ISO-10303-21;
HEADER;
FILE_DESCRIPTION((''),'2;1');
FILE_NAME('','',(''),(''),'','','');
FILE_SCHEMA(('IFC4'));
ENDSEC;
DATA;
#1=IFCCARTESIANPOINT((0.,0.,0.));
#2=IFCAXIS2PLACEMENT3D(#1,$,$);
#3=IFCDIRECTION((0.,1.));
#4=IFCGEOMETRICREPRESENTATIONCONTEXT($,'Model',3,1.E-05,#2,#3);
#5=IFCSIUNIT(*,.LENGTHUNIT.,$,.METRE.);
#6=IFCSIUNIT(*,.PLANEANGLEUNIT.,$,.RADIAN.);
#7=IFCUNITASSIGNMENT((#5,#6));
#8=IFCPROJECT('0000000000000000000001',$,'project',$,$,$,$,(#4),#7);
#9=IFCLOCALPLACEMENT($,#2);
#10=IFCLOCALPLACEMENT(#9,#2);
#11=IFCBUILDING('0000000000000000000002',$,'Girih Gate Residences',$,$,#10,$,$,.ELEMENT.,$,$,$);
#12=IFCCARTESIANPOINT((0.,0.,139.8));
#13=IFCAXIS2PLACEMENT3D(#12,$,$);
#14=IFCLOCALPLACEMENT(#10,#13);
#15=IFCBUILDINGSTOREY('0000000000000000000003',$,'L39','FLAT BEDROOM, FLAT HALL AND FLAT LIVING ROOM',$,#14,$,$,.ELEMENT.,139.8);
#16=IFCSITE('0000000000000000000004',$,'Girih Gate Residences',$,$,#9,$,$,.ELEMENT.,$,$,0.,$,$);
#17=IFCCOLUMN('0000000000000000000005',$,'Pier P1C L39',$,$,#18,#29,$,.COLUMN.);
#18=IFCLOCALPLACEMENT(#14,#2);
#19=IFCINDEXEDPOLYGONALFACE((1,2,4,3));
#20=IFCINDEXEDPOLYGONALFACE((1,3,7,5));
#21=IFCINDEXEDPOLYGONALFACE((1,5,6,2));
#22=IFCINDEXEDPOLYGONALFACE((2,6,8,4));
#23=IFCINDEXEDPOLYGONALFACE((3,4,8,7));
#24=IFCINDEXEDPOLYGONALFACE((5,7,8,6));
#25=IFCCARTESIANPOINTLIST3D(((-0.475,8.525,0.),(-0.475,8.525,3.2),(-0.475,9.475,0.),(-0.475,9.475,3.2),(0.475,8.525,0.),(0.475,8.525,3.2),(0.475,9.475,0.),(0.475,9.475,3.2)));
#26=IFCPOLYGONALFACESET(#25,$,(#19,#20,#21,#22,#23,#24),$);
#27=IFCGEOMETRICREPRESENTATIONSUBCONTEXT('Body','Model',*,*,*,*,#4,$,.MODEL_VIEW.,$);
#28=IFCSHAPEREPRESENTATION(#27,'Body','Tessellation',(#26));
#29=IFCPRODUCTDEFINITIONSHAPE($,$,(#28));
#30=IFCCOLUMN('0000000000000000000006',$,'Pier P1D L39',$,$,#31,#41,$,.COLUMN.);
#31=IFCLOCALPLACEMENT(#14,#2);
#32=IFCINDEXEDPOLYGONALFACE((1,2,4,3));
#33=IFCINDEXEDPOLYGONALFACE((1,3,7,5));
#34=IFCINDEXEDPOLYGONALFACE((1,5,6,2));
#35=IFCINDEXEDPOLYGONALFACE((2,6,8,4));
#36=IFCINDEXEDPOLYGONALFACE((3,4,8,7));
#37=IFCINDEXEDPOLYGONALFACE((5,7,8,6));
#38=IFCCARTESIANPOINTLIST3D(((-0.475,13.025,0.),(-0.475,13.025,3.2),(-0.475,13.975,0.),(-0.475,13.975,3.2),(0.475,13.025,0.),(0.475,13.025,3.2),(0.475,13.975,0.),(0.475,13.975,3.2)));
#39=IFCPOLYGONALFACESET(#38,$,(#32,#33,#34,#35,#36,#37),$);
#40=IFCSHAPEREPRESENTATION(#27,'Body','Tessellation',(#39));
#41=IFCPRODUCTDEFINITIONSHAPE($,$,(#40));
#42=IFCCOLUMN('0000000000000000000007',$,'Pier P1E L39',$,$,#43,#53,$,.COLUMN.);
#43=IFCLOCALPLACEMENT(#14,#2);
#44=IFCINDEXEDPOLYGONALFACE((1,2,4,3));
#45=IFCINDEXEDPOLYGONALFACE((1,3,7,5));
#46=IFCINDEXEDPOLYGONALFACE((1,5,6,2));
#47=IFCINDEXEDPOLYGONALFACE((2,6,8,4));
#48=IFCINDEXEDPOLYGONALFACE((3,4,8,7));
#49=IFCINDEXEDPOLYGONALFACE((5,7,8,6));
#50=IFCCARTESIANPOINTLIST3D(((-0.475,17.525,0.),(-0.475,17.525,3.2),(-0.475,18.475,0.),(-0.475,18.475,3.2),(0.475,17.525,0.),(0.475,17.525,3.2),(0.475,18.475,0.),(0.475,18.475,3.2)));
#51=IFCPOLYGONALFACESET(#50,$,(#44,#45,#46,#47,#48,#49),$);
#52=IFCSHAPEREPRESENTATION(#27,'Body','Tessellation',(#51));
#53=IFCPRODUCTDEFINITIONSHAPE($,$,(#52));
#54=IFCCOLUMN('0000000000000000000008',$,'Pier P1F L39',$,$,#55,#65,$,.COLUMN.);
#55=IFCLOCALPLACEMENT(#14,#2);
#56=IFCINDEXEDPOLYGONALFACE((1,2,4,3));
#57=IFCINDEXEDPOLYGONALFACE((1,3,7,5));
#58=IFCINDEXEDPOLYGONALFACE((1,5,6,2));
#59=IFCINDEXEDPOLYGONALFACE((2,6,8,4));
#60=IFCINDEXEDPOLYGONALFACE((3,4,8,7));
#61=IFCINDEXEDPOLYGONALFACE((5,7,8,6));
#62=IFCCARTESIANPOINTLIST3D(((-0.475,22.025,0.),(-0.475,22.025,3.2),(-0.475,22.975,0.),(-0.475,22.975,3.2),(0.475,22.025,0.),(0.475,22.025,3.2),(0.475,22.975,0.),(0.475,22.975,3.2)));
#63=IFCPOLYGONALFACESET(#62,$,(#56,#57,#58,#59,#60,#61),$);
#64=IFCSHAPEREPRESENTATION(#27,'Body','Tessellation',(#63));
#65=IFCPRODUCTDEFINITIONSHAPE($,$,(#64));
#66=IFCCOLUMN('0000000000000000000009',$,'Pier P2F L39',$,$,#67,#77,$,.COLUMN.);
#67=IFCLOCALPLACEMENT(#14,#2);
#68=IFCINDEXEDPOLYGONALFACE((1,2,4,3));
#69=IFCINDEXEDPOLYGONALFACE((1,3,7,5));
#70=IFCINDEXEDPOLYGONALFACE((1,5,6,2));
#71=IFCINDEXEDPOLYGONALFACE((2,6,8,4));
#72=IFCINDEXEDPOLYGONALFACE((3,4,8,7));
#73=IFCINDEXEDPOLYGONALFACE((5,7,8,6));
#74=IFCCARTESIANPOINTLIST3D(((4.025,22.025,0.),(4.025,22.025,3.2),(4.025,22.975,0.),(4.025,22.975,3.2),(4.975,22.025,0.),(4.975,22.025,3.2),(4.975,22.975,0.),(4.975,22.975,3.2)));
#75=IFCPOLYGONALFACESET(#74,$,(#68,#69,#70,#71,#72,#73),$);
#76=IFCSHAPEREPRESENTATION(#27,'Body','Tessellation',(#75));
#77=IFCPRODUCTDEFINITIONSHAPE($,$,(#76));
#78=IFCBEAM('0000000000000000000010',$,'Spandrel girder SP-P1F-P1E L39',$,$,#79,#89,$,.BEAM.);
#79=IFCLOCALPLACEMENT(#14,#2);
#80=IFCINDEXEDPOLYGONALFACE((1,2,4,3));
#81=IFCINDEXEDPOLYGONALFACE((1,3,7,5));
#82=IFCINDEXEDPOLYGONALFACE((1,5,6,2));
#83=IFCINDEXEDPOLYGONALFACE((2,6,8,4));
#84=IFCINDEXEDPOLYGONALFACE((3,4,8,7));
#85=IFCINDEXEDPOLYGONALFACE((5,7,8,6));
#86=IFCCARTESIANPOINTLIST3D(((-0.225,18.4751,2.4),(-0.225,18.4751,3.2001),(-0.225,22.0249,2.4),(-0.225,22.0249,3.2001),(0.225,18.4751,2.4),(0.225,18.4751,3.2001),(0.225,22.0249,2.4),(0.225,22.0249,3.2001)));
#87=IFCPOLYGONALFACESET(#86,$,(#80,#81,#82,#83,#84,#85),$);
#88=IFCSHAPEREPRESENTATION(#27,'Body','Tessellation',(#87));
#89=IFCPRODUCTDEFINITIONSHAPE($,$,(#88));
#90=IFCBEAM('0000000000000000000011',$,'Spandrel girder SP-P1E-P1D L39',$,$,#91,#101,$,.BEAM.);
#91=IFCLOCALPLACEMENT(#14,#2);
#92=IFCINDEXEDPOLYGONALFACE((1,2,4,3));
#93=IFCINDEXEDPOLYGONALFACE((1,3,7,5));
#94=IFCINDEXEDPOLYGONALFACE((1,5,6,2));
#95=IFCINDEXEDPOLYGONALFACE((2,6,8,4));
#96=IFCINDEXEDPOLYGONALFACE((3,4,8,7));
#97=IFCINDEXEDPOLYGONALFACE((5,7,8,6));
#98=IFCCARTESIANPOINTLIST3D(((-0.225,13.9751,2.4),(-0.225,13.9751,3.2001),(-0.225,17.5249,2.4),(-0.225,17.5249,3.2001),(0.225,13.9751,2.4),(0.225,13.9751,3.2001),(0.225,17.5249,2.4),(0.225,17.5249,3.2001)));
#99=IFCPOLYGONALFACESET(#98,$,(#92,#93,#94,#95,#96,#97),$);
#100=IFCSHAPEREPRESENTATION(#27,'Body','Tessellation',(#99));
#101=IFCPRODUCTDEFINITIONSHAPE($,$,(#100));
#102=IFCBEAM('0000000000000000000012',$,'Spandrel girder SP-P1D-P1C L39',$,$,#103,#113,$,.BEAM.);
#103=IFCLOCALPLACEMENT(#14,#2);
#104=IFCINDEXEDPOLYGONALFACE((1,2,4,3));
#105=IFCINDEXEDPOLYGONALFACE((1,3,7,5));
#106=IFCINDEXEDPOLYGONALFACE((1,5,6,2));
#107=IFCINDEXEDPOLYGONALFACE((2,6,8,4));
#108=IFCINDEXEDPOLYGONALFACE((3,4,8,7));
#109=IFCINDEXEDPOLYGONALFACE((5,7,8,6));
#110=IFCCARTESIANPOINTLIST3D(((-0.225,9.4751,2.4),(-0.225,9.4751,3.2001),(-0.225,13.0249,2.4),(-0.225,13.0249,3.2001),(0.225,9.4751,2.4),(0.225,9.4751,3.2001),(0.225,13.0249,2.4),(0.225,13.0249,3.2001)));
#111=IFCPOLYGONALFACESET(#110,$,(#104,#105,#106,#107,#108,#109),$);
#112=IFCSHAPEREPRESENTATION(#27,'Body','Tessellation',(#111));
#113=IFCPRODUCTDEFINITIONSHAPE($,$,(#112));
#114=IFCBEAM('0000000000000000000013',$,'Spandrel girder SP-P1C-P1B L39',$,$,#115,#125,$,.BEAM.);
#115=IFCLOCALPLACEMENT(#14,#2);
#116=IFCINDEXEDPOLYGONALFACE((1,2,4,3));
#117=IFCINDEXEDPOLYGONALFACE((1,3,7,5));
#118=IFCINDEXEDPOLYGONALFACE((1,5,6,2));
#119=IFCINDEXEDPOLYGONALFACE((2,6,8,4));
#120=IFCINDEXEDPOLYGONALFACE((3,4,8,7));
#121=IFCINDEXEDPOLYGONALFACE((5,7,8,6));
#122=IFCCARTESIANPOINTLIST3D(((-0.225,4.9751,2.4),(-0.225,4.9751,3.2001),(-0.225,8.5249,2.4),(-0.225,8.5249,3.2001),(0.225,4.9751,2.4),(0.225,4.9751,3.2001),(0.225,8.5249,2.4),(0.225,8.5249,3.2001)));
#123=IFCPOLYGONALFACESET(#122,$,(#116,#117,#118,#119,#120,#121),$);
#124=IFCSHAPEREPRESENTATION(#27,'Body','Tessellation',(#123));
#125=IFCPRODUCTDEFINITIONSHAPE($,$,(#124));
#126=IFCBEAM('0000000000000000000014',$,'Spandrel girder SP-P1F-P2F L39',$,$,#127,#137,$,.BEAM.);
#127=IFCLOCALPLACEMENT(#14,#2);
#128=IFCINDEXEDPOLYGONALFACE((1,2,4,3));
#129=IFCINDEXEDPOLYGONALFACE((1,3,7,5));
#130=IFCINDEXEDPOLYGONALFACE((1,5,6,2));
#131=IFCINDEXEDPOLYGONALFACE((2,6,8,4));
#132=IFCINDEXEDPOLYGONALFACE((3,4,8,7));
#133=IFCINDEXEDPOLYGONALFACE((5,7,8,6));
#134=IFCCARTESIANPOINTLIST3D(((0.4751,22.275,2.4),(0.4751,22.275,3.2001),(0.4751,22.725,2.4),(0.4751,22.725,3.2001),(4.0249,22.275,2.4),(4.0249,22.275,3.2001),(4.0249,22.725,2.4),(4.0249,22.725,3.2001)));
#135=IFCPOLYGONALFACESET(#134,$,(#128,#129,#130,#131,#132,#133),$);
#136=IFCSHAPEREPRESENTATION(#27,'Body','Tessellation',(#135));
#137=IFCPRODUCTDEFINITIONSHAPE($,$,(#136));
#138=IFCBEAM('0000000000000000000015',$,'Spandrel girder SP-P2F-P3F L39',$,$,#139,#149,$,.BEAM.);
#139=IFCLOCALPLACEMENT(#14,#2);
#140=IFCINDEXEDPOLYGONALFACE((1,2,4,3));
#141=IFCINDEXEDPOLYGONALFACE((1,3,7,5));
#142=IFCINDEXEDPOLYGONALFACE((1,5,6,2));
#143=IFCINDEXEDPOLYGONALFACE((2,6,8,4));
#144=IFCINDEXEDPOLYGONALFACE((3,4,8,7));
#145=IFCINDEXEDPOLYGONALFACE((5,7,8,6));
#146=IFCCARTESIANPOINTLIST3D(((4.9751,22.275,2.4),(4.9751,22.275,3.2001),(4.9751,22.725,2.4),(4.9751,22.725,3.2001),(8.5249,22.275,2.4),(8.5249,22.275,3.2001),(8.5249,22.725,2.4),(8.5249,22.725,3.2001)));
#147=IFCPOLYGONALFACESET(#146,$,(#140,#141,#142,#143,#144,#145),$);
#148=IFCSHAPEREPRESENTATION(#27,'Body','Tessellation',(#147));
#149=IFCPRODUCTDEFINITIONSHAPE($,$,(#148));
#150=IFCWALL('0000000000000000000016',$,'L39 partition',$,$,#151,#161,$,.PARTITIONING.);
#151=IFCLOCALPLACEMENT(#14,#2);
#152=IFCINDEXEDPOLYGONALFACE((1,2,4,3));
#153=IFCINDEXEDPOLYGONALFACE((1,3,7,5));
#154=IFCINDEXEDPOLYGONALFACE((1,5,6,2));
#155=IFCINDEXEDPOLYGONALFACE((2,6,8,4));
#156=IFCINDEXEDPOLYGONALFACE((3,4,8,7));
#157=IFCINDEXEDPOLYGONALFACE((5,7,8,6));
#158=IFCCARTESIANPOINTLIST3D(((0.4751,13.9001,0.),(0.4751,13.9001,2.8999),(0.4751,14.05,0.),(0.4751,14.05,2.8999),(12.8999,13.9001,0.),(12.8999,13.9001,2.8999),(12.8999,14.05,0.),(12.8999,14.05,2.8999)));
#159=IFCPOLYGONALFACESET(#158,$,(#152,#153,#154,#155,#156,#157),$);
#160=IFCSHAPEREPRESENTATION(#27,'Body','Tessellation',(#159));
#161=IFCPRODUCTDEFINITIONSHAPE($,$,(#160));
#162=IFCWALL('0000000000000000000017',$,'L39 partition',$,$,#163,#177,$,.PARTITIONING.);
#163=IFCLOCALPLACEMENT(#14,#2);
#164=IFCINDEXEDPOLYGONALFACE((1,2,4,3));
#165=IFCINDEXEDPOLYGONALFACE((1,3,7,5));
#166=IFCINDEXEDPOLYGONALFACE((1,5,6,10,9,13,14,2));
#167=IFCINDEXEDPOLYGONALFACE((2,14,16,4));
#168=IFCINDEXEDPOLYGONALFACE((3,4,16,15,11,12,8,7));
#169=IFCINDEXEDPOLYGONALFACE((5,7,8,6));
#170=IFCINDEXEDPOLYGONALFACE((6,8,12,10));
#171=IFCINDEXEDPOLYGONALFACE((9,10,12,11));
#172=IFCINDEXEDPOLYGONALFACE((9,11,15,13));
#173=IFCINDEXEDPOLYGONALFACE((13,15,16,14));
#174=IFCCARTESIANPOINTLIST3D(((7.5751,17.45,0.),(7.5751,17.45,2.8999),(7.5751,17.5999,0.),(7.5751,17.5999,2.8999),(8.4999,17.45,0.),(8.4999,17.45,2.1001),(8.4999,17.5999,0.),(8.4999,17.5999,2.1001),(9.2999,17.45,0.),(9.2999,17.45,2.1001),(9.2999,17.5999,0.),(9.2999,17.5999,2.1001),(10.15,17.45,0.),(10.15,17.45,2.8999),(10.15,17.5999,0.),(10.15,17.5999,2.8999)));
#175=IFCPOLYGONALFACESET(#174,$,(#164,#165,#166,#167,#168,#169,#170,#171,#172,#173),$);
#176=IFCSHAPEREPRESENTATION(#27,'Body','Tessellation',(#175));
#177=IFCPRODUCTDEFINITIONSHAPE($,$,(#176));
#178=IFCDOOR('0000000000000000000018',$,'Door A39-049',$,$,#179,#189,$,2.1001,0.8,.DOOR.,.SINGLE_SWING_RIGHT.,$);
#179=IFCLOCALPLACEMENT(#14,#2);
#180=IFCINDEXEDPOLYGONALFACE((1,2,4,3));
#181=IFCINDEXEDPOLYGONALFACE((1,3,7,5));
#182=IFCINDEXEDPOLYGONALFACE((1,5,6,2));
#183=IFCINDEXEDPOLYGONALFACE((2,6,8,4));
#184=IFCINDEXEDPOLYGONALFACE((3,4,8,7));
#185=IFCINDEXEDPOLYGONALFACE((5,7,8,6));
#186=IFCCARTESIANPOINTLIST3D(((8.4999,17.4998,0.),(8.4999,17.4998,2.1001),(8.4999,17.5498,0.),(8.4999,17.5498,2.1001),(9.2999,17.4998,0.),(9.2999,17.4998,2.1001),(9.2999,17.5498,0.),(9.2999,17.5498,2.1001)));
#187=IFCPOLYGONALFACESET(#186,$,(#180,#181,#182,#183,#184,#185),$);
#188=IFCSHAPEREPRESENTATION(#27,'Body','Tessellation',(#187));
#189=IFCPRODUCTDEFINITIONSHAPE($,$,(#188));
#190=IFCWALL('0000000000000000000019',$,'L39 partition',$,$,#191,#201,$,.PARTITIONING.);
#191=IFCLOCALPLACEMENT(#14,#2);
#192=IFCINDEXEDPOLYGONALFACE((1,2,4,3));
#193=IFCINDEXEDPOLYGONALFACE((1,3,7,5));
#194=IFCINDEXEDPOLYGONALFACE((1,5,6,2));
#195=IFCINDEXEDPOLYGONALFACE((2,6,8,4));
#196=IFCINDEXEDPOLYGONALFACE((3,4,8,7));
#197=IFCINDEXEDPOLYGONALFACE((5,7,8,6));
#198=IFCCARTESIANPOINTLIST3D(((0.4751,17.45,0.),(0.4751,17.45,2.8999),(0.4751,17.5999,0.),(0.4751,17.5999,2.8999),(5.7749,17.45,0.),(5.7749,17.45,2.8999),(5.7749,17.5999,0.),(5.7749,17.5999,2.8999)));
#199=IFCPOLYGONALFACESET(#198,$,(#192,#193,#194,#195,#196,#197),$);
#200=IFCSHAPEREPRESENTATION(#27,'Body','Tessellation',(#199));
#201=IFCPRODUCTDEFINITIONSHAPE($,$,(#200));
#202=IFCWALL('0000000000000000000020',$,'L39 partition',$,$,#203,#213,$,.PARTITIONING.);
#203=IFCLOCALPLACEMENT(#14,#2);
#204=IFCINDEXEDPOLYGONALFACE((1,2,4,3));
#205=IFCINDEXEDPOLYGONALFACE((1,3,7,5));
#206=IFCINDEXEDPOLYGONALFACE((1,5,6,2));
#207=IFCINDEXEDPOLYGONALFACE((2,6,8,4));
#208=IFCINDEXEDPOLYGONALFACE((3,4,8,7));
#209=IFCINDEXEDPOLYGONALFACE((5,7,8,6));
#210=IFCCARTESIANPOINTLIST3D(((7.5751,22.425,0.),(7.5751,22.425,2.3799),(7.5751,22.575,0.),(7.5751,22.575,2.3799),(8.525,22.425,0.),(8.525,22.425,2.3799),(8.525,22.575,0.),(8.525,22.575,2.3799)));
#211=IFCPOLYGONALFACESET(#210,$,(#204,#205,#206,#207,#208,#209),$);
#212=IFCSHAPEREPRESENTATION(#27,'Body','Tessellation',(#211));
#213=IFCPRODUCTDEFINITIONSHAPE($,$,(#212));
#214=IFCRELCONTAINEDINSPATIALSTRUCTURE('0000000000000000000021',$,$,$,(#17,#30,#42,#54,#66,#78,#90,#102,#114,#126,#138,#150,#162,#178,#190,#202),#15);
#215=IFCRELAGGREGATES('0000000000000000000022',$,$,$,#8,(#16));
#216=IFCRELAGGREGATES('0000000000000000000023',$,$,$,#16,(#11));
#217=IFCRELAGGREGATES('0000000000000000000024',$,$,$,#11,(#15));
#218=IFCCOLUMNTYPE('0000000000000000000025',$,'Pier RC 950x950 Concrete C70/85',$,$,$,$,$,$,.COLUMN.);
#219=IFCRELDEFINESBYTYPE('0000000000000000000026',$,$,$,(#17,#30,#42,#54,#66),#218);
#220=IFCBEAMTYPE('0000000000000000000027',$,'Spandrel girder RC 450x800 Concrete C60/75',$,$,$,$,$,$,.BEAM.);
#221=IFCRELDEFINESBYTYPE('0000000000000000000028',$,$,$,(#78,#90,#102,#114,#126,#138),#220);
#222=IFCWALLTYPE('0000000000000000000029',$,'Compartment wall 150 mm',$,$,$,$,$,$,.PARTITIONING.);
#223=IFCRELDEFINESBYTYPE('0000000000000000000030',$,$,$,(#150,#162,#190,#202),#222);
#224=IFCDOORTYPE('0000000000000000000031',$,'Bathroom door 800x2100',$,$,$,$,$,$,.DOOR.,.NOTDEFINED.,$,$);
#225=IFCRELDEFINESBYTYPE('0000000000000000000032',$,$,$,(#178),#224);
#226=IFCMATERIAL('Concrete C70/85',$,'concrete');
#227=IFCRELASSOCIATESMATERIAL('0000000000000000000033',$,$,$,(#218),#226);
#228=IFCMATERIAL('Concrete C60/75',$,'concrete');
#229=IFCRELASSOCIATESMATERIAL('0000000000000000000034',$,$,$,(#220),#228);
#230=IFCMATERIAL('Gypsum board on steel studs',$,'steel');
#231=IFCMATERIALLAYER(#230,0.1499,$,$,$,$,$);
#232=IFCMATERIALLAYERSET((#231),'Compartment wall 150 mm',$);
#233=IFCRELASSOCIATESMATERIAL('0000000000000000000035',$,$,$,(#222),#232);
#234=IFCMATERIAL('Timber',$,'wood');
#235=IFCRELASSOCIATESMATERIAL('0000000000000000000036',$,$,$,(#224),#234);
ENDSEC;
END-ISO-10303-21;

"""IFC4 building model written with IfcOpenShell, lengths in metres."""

from ifc_helpers import new_model, si_unit, direction, frame, frame_2d, origin, origin_2d, place, context, subcontext, project, spatial, rectangle, extrude, material, layer, layer_set, material_profile, profile_set, type_object, element, fill, save


model = new_model("IFC4")

# Units and contexts
model_context = context("Model", 3, precision=1e-05, world=origin(), true_north=direction((0.0, 1.0)))
body_context = subcontext(model_context, "Body", "Model", "MODEL_VIEW")
ifc_project = project(units=[si_unit("LENGTHUNIT", "METRE"), si_unit("PLANEANGLEUNIT", "RADIAN")], contexts=[model_context])

# Site, building, storey
site_placement = place(None, origin())
site = spatial("IfcSite", under=ifc_project, at=site_placement, Name="Girih Gate Residences", CompositionType="ELEMENT", RefElevation=0.0)
building_placement = place(site_placement, origin())
building = spatial("IfcBuilding", under=site, at=building_placement, Name="Girih Gate Residences", CompositionType="ELEMENT")
storey_placement = place(building_placement, frame((0.0, 0.0, 139.8)))
storey = spatial("IfcBuildingStorey", under=building, at=storey_placement, Name="L39", Description="FLAT BEDROOM, FLAT HALL AND FLAT LIVING ROOM", CompositionType="ELEMENT", Elevation=139.8)

# Columns
ifc_material_1 = material(Name="Concrete C70/85", Category="concrete")
ifc_material_profile_1 = material_profile(ifc_material_1, rectangle(XDim=0.95, YDim=0.95, at=origin_2d()))
ifc_profile_set_1 = profile_set([ifc_material_profile_1], Name="Concrete C70/85")
column_type = type_object("IfcColumnType", Name="Pier RC 950x950 Concrete C70/85", PredefinedType="COLUMN", material=ifc_profile_set_1)
for number, where, z_axis, x_axis, name in (
    (1, (0.0, 9.0, 0.0), (0.0, 0.0, 1.0), (1.0, 0.0, 0.0), "Pier P1C L39"),
    (2, (0.0, 13.5, 0.0), (0.0, 0.0, 1.0), (1.0, 0.0, 0.0), "Pier P1D L39"),
    (3, (0.0, 18.0, 0.0), (0.0, 0.0, 1.0), (1.0, 0.0, 0.0), "Pier P1E L39"),
    (4, (0.0, 22.5, 0.0), (0.0, 0.0, 1.0), (1.0, 0.0, 0.0), "Pier P1F L39"),
    (5, (4.5, 22.5, 0.0), (0.0, 0.0, 1.0), (1.0, 0.0, 0.0), "Pier P2F L39"),
):
    element("IfcColumn", number, at=place(storey_placement, frame(where, z_axis=z_axis, x_axis=x_axis)), inside=storey, type_object=column_type, Name=name, PredefinedType="COLUMN", context=body_context, shape_type="SweptSolid", body=[
        extrude(rectangle(XDim=0.95, YDim=0.95, at=origin_2d()), origin(), (0.0, 0.0, 1.0), 3.2),
    ])

# Beams
ifc_material_2 = material(Name="Concrete C60/75", Category="concrete")
ifc_material_profile_2 = material_profile(ifc_material_2, rectangle(XDim=0.45, YDim=0.8, at=origin_2d()))
ifc_profile_set_2 = profile_set([ifc_material_profile_2], Name="Concrete C60/75")
beam_type = type_object("IfcBeamType", Name="Spandrel girder RC 450x800 Concrete C60/75", PredefinedType="BEAM", material=ifc_profile_set_2)
for number, where, z_axis, x_axis, name in (
    (6, (0.0, 22.0249, 2.8), (0.0, -1.0, 0.0), (1.0, 0.0, 0.0), "Spandrel girder SP-P1F-P1E L39"),
    (7, (0.0, 17.5249, 2.8), (0.0, -1.0, 0.0), (1.0, 0.0, 0.0), "Spandrel girder SP-P1E-P1D L39"),
    (8, (0.0, 13.0249, 2.8), (0.0, -1.0, 0.0), (1.0, 0.0, 0.0), "Spandrel girder SP-P1D-P1C L39"),
    (9, (0.0, 8.5249, 2.8), (0.0, -1.0, 0.0), (1.0, 0.0, 0.0), "Spandrel girder SP-P1C-P1B L39"),
    (10, (0.4751, 22.5, 2.8), (1.0, 0.0, 0.0), (0.0, 1.0, 0.0), "Spandrel girder SP-P1F-P2F L39"),
    (11, (4.9751, 22.5, 2.8), (1.0, 0.0, 0.0), (0.0, 1.0, 0.0), "Spandrel girder SP-P2F-P3F L39"),
):
    element("IfcBeam", number, at=place(storey_placement, frame(where, z_axis=z_axis, x_axis=x_axis)), inside=storey, type_object=beam_type, Name=name, PredefinedType="BEAM", context=body_context, shape_type="SweptSolid", body=[
        extrude(rectangle(XDim=0.45, YDim=0.8, at=origin_2d()), origin(), (0.0, 0.0, 1.0), 3.5498),
    ])

# Wall
ifc_material_3 = material(Name="Gypsum board on steel studs", Category="steel")
ifc_layer_1 = layer(ifc_material_3, 0.1499)
ifc_layer_set_1 = layer_set([ifc_layer_1], Name="Compartment wall 150 mm")
wall_type_1 = type_object("IfcWallType", Name="Compartment wall 150 mm", PredefinedType="PARTITIONING", material=ifc_layer_set_1)
wall_1_placement = place(storey_placement, frame((0.4751, 13.9751, 0.0), z_axis=(0.0, 0.0, 1.0), x_axis=(1.0, 0.0, 0.0)))
element("IfcWall", 12, at=wall_1_placement, inside=storey, type_object=wall_type_1, Name="L39 partition", PredefinedType="PARTITIONING", context=body_context, shape_type="SweptSolid", body=[
    extrude(rectangle(XDim=12.4248, YDim=0.1499, at=frame_2d((6.2124, 0.0))), origin(), (0.0, 0.0, 1.0), 2.8999),
])

# Wall, opening, door
wall_2_placement = place(storey_placement, frame((7.575, 17.5249, 0.0), z_axis=(0.0, 0.0, 1.0), x_axis=(1.0, 0.0, 0.0)))
wall_2 = element("IfcWall", 13, at=wall_2_placement, inside=storey, type_object=wall_type_1, Name="L39 partition", PredefinedType="PARTITIONING", context=body_context, shape_type="SweptSolid", body=[
    extrude(rectangle(XDim=2.575, YDim=0.1499, at=frame_2d((1.2876, 0.0))), origin(), (0.0, 0.0, 1.0), 2.8999),
])
opening_1_placement = place(wall_2_placement, frame((0.925, 0.0, 0.0)))
opening_1 = element("IfcOpeningElement", 14, at=opening_1_placement, cuts=wall_2, PredefinedType="OPENING", context=body_context, shape_type="SweptSolid", body=[
    extrude(rectangle(XDim=0.8, YDim=2.1001, at=frame_2d((0.3999, 1.05))), frame((0.0, 0.085, 0.0), z_axis=(0.0, -1.0, 0.0), x_axis=(1.0, 0.0, 0.0)), (0.0, 0.0, 1.0), 0.1699),
])
ifc_material_4 = material(Name="Timber", Category="wood")
door_type_1 = type_object("IfcDoorType", Name="Bathroom door 800x2100", OperationType="NOTDEFINED", PredefinedType="DOOR", material=ifc_material_4)
door_1_placement = place(opening_1_placement, origin())
door_1 = element("IfcDoor", 15, at=door_1_placement, inside=storey, type_object=door_type_1, Name="Door A39-049", OperationType="SINGLE_SWING_RIGHT", OverallHeight=2.1001, OverallWidth=0.8, PredefinedType="DOOR", context=body_context, shape_type="SweptSolid", body=[
    extrude(rectangle(XDim=0.8, YDim=2.1001, at=frame_2d((0.3999, 1.05))), frame((0.0, 0.0249, 0.0), z_axis=(0.0, -1.0, 0.0), x_axis=(1.0, 0.0, 0.0)), (0.0, 0.0, 1.0), 0.05),
])
fill(opening_1, door_1)

# Walls
wall_3_placement = place(storey_placement, frame((0.4751, 17.5249, 0.0), z_axis=(0.0, 0.0, 1.0), x_axis=(1.0, 0.0, 0.0)))
element("IfcWall", 16, at=wall_3_placement, inside=storey, type_object=wall_type_1, Name="L39 partition", PredefinedType="PARTITIONING", context=body_context, shape_type="SweptSolid", body=[
    extrude(rectangle(XDim=5.2998, YDim=0.1499, at=frame_2d((2.6499, 0.0))), origin(), (0.0, 0.0, 1.0), 2.8999),
])
wall_4_placement = place(storey_placement, frame((7.575, 22.5, 0.0), z_axis=(0.0, 0.0, 1.0), x_axis=(1.0, 0.0, 0.0)))
element("IfcWall", 17, at=wall_4_placement, inside=storey, type_object=wall_type_1, Name="L39 partition", PredefinedType="PARTITIONING", context=body_context, shape_type="SweptSolid", body=[
    extrude(rectangle(XDim=0.95, YDim=0.1499, at=frame_2d((0.4751, 0.0))), origin(), (0.0, 0.0, 1.0), 2.3799),
])

save(model, "model.ifc")
